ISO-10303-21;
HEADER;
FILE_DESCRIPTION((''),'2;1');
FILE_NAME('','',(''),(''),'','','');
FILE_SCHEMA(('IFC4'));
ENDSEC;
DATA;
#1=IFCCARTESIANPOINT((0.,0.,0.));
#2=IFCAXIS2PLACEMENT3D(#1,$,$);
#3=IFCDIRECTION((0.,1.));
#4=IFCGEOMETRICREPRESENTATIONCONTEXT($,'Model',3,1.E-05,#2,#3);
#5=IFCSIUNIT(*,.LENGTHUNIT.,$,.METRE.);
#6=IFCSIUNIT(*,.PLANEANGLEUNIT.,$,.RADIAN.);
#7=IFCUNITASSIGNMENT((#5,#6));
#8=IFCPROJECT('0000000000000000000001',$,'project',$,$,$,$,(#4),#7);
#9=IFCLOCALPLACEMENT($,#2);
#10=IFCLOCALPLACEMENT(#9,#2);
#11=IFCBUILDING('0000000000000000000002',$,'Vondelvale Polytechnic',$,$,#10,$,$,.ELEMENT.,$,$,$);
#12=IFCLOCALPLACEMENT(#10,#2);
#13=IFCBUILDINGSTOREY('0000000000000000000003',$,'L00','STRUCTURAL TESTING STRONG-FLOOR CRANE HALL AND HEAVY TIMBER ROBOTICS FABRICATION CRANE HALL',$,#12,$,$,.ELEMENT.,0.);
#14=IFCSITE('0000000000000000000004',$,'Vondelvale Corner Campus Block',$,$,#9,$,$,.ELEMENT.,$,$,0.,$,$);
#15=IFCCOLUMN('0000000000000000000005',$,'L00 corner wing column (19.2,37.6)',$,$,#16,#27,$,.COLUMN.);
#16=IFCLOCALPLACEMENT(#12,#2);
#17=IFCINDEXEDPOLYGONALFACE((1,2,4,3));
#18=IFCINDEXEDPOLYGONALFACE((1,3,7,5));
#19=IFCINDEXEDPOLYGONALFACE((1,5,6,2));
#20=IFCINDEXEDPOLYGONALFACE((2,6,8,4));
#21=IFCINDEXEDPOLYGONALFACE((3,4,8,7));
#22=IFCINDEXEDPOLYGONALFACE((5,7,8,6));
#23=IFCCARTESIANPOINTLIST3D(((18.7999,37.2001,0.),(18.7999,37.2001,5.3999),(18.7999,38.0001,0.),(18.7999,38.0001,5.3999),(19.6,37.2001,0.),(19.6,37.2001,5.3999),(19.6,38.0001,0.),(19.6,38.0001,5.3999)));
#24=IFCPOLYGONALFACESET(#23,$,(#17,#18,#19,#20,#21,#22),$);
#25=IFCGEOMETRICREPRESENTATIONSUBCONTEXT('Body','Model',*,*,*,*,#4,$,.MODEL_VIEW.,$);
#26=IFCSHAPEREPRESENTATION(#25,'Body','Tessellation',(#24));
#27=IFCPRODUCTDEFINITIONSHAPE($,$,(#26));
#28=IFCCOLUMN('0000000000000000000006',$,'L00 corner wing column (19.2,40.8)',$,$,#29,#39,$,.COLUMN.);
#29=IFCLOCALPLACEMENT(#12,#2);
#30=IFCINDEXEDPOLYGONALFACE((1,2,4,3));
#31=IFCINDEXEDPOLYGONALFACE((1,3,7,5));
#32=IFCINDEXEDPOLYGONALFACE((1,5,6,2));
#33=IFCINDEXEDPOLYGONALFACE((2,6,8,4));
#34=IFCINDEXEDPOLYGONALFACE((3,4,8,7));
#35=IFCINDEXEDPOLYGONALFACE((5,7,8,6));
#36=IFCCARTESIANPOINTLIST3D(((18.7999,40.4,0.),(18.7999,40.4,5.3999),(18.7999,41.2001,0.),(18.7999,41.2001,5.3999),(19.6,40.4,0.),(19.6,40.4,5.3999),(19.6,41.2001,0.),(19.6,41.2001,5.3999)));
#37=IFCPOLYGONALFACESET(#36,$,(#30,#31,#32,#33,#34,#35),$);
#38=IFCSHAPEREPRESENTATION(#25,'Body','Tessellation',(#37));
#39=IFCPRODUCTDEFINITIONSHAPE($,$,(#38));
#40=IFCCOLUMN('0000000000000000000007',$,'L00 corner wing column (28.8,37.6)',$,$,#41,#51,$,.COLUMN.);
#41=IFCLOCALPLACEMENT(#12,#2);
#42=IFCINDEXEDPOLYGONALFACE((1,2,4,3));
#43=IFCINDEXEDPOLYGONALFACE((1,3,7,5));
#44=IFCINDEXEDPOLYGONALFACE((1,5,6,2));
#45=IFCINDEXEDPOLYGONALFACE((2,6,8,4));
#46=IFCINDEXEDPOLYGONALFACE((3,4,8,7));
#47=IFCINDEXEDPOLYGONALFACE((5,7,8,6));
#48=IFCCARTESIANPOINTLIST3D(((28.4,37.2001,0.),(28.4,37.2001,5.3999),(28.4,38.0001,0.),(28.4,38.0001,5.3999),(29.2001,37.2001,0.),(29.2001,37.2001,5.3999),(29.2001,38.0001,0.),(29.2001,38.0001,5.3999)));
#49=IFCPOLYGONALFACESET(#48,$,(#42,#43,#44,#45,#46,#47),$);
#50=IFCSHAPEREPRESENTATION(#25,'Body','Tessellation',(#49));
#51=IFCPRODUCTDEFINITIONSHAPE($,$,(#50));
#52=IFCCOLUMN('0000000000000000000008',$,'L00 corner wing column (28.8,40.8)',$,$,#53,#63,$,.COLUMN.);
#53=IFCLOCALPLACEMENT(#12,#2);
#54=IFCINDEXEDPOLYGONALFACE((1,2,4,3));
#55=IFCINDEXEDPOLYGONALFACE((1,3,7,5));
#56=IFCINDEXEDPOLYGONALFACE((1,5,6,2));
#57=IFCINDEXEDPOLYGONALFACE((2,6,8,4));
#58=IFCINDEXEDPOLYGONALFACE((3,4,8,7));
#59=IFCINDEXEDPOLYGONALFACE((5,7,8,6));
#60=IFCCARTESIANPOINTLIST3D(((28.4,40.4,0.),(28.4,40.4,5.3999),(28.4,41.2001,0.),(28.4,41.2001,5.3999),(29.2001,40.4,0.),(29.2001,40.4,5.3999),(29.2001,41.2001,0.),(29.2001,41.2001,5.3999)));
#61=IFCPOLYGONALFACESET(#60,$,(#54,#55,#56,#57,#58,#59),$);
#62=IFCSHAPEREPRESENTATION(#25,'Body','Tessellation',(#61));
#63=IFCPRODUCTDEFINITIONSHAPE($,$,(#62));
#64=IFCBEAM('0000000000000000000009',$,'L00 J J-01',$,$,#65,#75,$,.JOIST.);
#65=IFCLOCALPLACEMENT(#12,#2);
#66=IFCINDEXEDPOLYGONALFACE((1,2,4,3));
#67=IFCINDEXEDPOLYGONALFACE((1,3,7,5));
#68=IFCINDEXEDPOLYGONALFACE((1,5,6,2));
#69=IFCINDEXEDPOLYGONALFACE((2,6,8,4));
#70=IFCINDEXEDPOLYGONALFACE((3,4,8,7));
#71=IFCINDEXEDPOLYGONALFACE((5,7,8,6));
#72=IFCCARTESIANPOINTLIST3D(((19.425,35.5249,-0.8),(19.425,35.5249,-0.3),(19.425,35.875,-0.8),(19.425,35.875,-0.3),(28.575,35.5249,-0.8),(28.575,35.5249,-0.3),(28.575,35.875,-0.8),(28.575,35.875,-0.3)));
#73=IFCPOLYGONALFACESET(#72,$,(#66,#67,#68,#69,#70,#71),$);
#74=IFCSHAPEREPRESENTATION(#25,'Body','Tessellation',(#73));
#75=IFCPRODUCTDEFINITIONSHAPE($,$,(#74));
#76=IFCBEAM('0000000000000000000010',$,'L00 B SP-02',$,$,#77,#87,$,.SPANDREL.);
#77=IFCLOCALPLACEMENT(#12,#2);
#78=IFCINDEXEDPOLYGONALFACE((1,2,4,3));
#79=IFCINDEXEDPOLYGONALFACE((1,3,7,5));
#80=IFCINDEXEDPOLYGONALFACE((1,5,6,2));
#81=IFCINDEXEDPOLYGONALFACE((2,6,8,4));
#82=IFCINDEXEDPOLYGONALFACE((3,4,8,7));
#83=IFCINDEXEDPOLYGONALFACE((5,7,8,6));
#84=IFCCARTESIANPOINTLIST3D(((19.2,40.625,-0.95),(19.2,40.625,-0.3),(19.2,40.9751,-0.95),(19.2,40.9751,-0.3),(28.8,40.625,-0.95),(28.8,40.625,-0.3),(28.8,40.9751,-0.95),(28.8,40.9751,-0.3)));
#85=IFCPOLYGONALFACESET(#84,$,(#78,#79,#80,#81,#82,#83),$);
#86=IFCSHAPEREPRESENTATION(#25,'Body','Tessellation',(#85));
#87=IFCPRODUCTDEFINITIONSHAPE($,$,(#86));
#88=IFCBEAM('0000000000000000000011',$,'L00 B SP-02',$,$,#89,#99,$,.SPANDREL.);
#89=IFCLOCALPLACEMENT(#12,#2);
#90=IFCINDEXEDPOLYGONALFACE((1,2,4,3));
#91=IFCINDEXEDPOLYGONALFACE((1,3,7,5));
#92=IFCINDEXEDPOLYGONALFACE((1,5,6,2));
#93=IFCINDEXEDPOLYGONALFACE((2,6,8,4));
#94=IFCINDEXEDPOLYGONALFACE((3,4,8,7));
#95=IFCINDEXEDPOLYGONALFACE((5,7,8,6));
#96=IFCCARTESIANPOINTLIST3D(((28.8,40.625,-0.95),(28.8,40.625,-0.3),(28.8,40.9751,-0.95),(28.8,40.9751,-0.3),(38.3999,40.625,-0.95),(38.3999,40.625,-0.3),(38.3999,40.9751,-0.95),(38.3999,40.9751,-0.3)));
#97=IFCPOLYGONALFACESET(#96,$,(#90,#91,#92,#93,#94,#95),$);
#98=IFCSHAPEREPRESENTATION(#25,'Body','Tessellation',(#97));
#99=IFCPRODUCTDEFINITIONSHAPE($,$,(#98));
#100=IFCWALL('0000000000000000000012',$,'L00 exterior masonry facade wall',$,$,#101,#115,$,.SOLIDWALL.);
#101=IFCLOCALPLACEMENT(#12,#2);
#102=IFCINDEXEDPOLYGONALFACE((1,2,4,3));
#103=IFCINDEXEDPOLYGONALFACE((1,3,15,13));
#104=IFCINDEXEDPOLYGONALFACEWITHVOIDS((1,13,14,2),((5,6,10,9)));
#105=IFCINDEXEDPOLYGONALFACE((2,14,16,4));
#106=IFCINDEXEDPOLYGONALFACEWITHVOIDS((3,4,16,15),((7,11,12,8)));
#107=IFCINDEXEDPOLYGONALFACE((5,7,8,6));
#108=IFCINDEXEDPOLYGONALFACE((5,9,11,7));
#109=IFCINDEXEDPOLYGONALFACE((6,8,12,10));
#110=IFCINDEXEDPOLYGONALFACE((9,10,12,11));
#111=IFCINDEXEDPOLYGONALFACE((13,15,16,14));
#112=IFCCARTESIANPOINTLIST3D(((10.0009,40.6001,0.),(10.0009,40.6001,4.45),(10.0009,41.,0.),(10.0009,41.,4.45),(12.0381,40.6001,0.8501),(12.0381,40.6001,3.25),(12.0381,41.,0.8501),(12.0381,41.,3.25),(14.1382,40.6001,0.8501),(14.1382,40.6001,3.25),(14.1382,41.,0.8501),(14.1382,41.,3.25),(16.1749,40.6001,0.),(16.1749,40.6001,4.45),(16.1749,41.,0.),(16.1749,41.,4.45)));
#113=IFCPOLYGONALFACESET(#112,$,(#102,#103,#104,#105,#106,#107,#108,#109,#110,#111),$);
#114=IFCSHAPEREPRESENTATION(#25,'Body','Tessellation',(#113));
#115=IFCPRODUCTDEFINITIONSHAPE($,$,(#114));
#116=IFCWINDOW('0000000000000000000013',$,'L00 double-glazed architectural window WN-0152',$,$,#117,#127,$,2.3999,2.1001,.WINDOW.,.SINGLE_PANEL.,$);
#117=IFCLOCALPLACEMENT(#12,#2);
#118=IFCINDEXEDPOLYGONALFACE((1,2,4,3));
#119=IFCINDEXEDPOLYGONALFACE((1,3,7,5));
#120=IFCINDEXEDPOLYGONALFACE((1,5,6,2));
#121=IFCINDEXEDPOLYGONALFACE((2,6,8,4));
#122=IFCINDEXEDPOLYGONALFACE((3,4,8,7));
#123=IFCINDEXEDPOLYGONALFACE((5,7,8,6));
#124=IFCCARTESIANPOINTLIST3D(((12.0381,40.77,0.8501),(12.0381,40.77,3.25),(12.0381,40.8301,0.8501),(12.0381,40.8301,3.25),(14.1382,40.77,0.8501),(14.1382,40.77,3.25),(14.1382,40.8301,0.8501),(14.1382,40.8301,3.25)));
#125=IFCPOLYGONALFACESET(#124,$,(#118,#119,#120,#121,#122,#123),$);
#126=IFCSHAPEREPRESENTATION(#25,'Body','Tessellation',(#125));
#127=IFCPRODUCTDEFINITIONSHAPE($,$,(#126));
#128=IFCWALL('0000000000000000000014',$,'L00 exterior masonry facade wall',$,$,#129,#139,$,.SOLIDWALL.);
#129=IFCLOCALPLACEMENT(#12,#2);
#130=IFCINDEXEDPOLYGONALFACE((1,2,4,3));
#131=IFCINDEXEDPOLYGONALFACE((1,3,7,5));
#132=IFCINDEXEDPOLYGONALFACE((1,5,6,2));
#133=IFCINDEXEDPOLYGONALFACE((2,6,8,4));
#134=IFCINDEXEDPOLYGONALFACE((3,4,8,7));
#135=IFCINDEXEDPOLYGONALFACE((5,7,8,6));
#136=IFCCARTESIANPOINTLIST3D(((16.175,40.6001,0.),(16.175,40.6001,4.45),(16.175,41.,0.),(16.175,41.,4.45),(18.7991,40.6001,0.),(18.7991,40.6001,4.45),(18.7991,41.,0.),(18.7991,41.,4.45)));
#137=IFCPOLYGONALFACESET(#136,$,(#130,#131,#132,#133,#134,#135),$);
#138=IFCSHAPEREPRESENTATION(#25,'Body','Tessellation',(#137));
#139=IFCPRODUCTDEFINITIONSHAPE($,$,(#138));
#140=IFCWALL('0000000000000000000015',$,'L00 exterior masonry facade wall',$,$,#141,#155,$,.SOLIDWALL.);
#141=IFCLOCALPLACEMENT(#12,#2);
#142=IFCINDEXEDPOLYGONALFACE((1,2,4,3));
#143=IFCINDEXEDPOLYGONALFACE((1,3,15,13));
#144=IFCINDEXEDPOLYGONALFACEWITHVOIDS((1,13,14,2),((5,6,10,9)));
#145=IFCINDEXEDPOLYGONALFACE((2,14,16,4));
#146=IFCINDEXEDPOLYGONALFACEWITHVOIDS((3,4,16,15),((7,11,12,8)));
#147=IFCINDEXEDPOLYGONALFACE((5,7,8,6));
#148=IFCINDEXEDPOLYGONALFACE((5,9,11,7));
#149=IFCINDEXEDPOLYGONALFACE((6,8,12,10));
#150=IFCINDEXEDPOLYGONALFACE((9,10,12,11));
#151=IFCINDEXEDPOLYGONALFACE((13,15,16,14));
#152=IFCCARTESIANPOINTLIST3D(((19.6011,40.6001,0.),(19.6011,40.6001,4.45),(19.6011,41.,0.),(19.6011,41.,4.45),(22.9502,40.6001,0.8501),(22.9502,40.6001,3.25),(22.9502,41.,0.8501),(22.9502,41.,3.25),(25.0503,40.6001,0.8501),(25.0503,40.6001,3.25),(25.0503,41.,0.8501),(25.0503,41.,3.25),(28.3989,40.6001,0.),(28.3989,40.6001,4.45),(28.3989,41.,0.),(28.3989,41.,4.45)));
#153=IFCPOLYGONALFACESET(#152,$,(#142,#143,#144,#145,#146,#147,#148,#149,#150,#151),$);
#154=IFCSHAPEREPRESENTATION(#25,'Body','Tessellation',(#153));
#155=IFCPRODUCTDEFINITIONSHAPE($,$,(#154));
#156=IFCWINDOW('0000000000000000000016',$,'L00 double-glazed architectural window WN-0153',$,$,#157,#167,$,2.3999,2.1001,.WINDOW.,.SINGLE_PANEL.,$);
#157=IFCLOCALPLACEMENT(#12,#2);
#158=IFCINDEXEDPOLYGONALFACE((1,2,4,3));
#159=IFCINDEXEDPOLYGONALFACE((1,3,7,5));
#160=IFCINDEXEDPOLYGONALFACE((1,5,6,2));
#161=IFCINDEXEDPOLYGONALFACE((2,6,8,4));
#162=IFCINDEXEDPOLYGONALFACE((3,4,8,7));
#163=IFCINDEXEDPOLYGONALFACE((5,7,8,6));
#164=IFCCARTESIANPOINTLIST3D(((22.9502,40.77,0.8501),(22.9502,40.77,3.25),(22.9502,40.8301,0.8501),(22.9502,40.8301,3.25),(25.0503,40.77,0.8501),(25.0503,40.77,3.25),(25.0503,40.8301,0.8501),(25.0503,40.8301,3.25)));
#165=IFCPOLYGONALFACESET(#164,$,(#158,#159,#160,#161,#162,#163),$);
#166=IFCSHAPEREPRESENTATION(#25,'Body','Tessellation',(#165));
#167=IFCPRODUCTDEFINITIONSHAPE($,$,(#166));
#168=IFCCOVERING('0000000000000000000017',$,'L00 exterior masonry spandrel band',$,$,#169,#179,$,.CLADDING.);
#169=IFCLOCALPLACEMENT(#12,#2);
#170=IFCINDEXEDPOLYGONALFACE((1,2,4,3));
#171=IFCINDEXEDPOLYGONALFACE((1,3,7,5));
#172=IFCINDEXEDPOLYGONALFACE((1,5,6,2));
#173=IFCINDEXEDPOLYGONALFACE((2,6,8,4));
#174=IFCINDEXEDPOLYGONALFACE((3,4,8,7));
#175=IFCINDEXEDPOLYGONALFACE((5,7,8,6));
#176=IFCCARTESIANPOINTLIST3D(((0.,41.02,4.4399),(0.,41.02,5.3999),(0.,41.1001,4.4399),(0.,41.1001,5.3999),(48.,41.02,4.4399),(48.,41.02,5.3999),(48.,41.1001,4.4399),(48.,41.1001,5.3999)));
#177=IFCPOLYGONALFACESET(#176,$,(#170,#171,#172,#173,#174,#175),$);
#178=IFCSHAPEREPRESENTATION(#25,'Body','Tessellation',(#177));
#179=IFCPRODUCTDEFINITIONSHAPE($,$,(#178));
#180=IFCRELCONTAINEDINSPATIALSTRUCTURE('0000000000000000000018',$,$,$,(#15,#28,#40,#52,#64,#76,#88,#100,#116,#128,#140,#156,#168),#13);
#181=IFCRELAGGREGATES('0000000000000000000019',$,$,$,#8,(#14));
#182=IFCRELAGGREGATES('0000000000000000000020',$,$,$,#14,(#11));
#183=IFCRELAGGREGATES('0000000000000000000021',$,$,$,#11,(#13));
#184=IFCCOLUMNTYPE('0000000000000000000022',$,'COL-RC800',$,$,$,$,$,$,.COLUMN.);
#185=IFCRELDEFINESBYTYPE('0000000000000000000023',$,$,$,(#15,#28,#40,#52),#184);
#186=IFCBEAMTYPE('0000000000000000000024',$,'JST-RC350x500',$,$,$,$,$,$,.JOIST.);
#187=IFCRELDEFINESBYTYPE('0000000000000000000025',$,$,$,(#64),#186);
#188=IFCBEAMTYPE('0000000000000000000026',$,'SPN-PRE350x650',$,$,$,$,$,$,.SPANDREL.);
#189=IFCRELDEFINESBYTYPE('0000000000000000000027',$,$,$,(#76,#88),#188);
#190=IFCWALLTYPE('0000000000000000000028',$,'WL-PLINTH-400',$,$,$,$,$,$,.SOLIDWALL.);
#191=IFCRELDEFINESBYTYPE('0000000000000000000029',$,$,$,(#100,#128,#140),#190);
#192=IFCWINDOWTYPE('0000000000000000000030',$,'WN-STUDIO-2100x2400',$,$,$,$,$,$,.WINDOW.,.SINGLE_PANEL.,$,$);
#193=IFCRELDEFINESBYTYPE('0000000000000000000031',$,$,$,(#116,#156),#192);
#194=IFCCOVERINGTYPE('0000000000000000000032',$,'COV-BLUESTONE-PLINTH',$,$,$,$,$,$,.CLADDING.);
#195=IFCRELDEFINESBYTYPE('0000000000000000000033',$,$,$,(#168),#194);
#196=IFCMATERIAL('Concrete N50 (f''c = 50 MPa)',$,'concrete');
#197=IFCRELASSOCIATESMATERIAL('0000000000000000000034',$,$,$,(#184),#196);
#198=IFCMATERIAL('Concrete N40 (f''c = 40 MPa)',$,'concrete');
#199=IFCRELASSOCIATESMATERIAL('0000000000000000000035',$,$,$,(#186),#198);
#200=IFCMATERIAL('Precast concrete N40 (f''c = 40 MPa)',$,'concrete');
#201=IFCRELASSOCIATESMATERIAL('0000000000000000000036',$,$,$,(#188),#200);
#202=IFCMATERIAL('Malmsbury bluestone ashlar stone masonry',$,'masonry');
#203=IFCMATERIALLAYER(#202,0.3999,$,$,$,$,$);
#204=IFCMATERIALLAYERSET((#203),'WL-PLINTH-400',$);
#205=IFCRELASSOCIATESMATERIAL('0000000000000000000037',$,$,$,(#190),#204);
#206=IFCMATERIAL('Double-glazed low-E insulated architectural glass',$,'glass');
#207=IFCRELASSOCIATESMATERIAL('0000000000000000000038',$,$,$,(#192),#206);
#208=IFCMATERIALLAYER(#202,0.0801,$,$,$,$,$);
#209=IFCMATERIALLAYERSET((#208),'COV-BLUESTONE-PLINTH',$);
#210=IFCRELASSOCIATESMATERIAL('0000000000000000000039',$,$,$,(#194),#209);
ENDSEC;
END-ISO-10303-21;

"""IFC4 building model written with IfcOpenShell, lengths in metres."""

from ifc_helpers import new_model, si_unit, direction, frame, frame_2d, origin, origin_2d, place, context, subcontext, project, spatial, rectangle, extrude, material, layer, layer_set, material_profile, profile_set, type_object, element, fill, save


model = new_model("IFC4")

# Units and contexts
model_context = context("Model", 3, precision=1e-05, world=origin(), true_north=direction((0.0, 1.0)))
body_context = subcontext(model_context, "Body", "Model", "MODEL_VIEW")
ifc_project = project(units=[si_unit("LENGTHUNIT", "METRE"), si_unit("PLANEANGLEUNIT", "RADIAN")], contexts=[model_context])

# Site, building, storey
site_placement = place(None, origin())
site = spatial("IfcSite", under=ifc_project, at=site_placement, Name="Vondelvale Corner Campus Block", CompositionType="ELEMENT", RefElevation=0.0)
building_placement = place(site_placement, origin())
building = spatial("IfcBuilding", under=site, at=building_placement, Name="Vondelvale Polytechnic", CompositionType="ELEMENT")
storey_placement = place(building_placement, origin())
storey = spatial("IfcBuildingStorey", under=building, at=storey_placement, Name="L00", Description="STRUCTURAL TESTING STRONG-FLOOR CRANE HALL AND HEAVY TIMBER ROBOTICS FABRICATION CRANE HALL", CompositionType="ELEMENT", Elevation=0.0)

# Columns
ifc_material_1 = material(Name="Concrete N50 (f'c = 50 MPa)", Category="concrete")
ifc_material_profile_1 = material_profile(ifc_material_1, rectangle(XDim=0.8, YDim=0.8, at=origin_2d()), Name="RC-COL-800x800")
ifc_profile_set_1 = profile_set([ifc_material_profile_1], Name="Concrete N50 (f'c = 50 MPa)")
column_type = type_object("IfcColumnType", Name="COL-RC800", PredefinedType="COLUMN", material=ifc_profile_set_1)
for number, where, z_axis, x_axis, name in (
    (1, (19.2, 37.6001, 0.0), (0.0, 0.0, 1.0), (1.0, 0.0, 0.0), "L00 corner wing column (19.2,37.6)"),
    (2, (19.2, 40.8, 0.0), (0.0, 0.0, 1.0), (1.0, 0.0, 0.0), "L00 corner wing column (19.2,40.8)"),
    (3, (28.8, 37.6001, 0.0), (0.0, 0.0, 1.0), (1.0, 0.0, 0.0), "L00 corner wing column (28.8,37.6)"),
    (4, (28.8, 40.8, 0.0), (0.0, 0.0, 1.0), (1.0, 0.0, 0.0), "L00 corner wing column (28.8,40.8)"),
):
    element("IfcColumn", number, at=place(storey_placement, frame(where, z_axis=z_axis, x_axis=x_axis)), inside=storey, type_object=column_type, Name=name, PredefinedType="COLUMN", context=body_context, shape_type="SweptSolid", body=[
        extrude(rectangle(XDim=0.8, YDim=0.8, at=origin_2d()), origin(), (0.0, 0.0, 1.0), 5.3999),
    ])

# Beams
ifc_material_2 = material(Name="Concrete N40 (f'c = 40 MPa)", Category="concrete")
ifc_material_profile_2 = material_profile(ifc_material_2, rectangle(XDim=0.3501, YDim=0.5, at=origin_2d()), Name="RC-JST-350x500")
ifc_profile_set_2 = profile_set([ifc_material_profile_2], Name="Concrete N40 (f'c = 40 MPa)")
beam_type_1 = type_object("IfcBeamType", Name="JST-RC350x500", PredefinedType="JOIST", material=ifc_profile_set_2)
beam_1_placement = place(storey_placement, frame((19.425, 35.7, -0.55), z_axis=(1.0, 0.0, 0.0), x_axis=(0.0, 1.0, 0.0)))
element("IfcBeam", 5, at=beam_1_placement, inside=storey, type_object=beam_type_1, Name="L00 J J-01", PredefinedType="JOIST", context=body_context, shape_type="SweptSolid", body=[
    extrude(rectangle(XDim=0.3501, YDim=0.5, at=origin_2d()), origin(), (0.0, 0.0, 1.0), 9.1499),
])
ifc_material_3 = material(Name="Precast concrete N40 (f'c = 40 MPa)", Category="concrete")
ifc_material_profile_3 = material_profile(ifc_material_3, rectangle(XDim=0.3501, YDim=0.6499, at=origin_2d()), Name="RC-SPN-350x650")
ifc_profile_set_3 = profile_set([ifc_material_profile_3], Name="Precast concrete N40 (f'c = 40 MPa)")
beam_type_2 = type_object("IfcBeamType", Name="SPN-PRE350x650", PredefinedType="SPANDREL", material=ifc_profile_set_3)
beam_2_placement = place(storey_placement, frame((19.2, 40.8, -0.625), z_axis=(1.0, 0.0, 0.0), x_axis=(0.0, 1.0, 0.0)))
element("IfcBeam", 6, at=beam_2_placement, inside=storey, type_object=beam_type_2, Name="L00 B SP-02", PredefinedType="SPANDREL", context=body_context, shape_type="SweptSolid", body=[
    extrude(rectangle(XDim=0.3501, YDim=0.6499, at=origin_2d()), origin(), (0.0, 0.0, 1.0), 9.6001),
])
beam_3_placement = place(storey_placement, frame((28.8, 40.8, -0.625), z_axis=(1.0, 0.0, 0.0), x_axis=(0.0, 1.0, 0.0)))
element("IfcBeam", 7, at=beam_3_placement, inside=storey, type_object=beam_type_2, Name="L00 B SP-02", PredefinedType="SPANDREL", context=body_context, shape_type="SweptSolid", body=[
    extrude(rectangle(XDim=0.3501, YDim=0.6499, at=origin_2d()), origin(), (0.0, 0.0, 1.0), 9.5999),
])

# Wall, opening, window
ifc_material_4 = material(Name="Malmsbury bluestone ashlar stone masonry", Category="masonry")
ifc_layer_1 = layer(ifc_material_4, 0.3999)
ifc_layer_set_1 = layer_set([ifc_layer_1], Name="WL-PLINTH-400")
wall_type = type_object("IfcWallType", Name="WL-PLINTH-400", PredefinedType="SOLIDWALL", material=ifc_layer_set_1)
wall_1_placement = place(storey_placement, frame((10.001, 40.8, 0.0), z_axis=(0.0, 0.0, 1.0), x_axis=(1.0, 0.0, 0.0)))
wall_1 = element("IfcWall", 8, at=wall_1_placement, inside=storey, type_object=wall_type, Name="L00 exterior masonry facade wall", PredefinedType="SOLIDWALL", context=body_context, shape_type="SweptSolid", body=[
    extrude(rectangle(XDim=6.1741, YDim=0.3999, at=frame_2d((3.0869, 0.0))), origin(), (0.0, 0.0, 1.0), 4.45),
])
opening_1_placement = place(wall_1_placement, frame((2.0371, 0.0, 0.8501)))
opening_1 = element("IfcOpeningElement", 9, at=opening_1_placement, cuts=wall_1, PredefinedType="OPENING", context=body_context, shape_type="SweptSolid", body=[
    extrude(rectangle(XDim=2.1001, YDim=2.3999, at=frame_2d((1.05, 1.2))), frame((0.0, 0.21, 0.0), z_axis=(0.0, -1.0, 0.0), x_axis=(1.0, 0.0, 0.0)), (0.0, 0.0, 1.0), 0.4199),
])
ifc_material_5 = material(Name="Double-glazed low-E insulated architectural glass", Category="glass")
window_type = type_object("IfcWindowType", Name="WN-STUDIO-2100x2400", PartitioningType="SINGLE_PANEL", PredefinedType="WINDOW", material=ifc_material_5)
window_1_placement = place(opening_1_placement, origin())
window_1 = element("IfcWindow", 10, at=window_1_placement, inside=storey, type_object=window_type, Name="L00 double-glazed architectural window WN-0152", OverallHeight=2.3999, OverallWidth=2.1001, PartitioningType="SINGLE_PANEL", PredefinedType="WINDOW", context=body_context, shape_type="SweptSolid", body=[
    extrude(rectangle(XDim=2.1001, YDim=2.3999, at=frame_2d((1.05, 1.2))), frame((0.0, 0.03, 0.0), z_axis=(0.0, -1.0, 0.0), x_axis=(1.0, 0.0, 0.0)), (0.0, 0.0, 1.0), 0.0601),
])
fill(opening_1, window_1)

# Wall
wall_2_placement = place(storey_placement, frame((16.175, 40.8, 0.0), z_axis=(0.0, 0.0, 1.0), x_axis=(1.0, 0.0, 0.0)))
element("IfcWall", 11, at=wall_2_placement, inside=storey, type_object=wall_type, Name="L00 exterior masonry facade wall", PredefinedType="SOLIDWALL", context=body_context, shape_type="SweptSolid", body=[
    extrude(rectangle(XDim=2.624, YDim=0.3999, at=frame_2d((1.312, 0.0))), origin(), (0.0, 0.0, 1.0), 4.45),
])

# Wall, opening, window
wall_3_placement = place(storey_placement, frame((19.6011, 40.8, 0.0), z_axis=(0.0, 0.0, 1.0), x_axis=(1.0, 0.0, 0.0)))
wall_3 = element("IfcWall", 12, at=wall_3_placement, inside=storey, type_object=wall_type, Name="L00 exterior masonry facade wall", PredefinedType="SOLIDWALL", context=body_context, shape_type="SweptSolid", body=[
    extrude(rectangle(XDim=8.7979, YDim=0.3999, at=frame_2d((4.3989, 0.0))), origin(), (0.0, 0.0, 1.0), 4.45),
])
opening_2_placement = place(wall_3_placement, frame((3.3491, 0.0, 0.8501)))
opening_2 = element("IfcOpeningElement", 13, at=opening_2_placement, cuts=wall_3, PredefinedType="OPENING", context=body_context, shape_type="SweptSolid", body=[
    extrude(rectangle(XDim=2.1001, YDim=2.3999, at=frame_2d((1.05, 1.2))), frame((0.0, 0.21, 0.0), z_axis=(0.0, -1.0, 0.0), x_axis=(1.0, 0.0, 0.0)), (0.0, 0.0, 1.0), 0.4199),
])
window_2_placement = place(opening_2_placement, origin())
window_2 = element("IfcWindow", 14, at=window_2_placement, inside=storey, type_object=window_type, Name="L00 double-glazed architectural window WN-0153", OverallHeight=2.3999, OverallWidth=2.1001, PartitioningType="SINGLE_PANEL", PredefinedType="WINDOW", context=body_context, shape_type="SweptSolid", body=[
    extrude(rectangle(XDim=2.1001, YDim=2.3999, at=frame_2d((1.05, 1.2))), frame((0.0, 0.03, 0.0), z_axis=(0.0, -1.0, 0.0), x_axis=(1.0, 0.0, 0.0)), (0.0, 0.0, 1.0), 0.0601),
])
fill(opening_2, window_2)

# Covering
ifc_layer_2 = layer(ifc_material_4, 0.0801)
ifc_layer_set_2 = layer_set([ifc_layer_2], Name="COV-BLUESTONE-PLINTH")
covering_type = type_object("IfcCoveringType", Name="COV-BLUESTONE-PLINTH", PredefinedType="CLADDING", material=ifc_layer_set_2)
covering_1_placement = place(storey_placement, frame((24.0, 41.0601, 4.4399), z_axis=(0.0, 0.0, 1.0), x_axis=(1.0, 0.0, 0.0)))
element("IfcCovering", 15, at=covering_1_placement, inside=storey, type_object=covering_type, Name="L00 exterior masonry spandrel band", PredefinedType="CLADDING", context=body_context, shape_type="SweptSolid", body=[
    extrude(rectangle(XDim=48.0, YDim=0.0801, at=origin_2d()), origin(), (0.0, 0.0, 1.0), 0.96),
])

save(model, "model.ifc")
